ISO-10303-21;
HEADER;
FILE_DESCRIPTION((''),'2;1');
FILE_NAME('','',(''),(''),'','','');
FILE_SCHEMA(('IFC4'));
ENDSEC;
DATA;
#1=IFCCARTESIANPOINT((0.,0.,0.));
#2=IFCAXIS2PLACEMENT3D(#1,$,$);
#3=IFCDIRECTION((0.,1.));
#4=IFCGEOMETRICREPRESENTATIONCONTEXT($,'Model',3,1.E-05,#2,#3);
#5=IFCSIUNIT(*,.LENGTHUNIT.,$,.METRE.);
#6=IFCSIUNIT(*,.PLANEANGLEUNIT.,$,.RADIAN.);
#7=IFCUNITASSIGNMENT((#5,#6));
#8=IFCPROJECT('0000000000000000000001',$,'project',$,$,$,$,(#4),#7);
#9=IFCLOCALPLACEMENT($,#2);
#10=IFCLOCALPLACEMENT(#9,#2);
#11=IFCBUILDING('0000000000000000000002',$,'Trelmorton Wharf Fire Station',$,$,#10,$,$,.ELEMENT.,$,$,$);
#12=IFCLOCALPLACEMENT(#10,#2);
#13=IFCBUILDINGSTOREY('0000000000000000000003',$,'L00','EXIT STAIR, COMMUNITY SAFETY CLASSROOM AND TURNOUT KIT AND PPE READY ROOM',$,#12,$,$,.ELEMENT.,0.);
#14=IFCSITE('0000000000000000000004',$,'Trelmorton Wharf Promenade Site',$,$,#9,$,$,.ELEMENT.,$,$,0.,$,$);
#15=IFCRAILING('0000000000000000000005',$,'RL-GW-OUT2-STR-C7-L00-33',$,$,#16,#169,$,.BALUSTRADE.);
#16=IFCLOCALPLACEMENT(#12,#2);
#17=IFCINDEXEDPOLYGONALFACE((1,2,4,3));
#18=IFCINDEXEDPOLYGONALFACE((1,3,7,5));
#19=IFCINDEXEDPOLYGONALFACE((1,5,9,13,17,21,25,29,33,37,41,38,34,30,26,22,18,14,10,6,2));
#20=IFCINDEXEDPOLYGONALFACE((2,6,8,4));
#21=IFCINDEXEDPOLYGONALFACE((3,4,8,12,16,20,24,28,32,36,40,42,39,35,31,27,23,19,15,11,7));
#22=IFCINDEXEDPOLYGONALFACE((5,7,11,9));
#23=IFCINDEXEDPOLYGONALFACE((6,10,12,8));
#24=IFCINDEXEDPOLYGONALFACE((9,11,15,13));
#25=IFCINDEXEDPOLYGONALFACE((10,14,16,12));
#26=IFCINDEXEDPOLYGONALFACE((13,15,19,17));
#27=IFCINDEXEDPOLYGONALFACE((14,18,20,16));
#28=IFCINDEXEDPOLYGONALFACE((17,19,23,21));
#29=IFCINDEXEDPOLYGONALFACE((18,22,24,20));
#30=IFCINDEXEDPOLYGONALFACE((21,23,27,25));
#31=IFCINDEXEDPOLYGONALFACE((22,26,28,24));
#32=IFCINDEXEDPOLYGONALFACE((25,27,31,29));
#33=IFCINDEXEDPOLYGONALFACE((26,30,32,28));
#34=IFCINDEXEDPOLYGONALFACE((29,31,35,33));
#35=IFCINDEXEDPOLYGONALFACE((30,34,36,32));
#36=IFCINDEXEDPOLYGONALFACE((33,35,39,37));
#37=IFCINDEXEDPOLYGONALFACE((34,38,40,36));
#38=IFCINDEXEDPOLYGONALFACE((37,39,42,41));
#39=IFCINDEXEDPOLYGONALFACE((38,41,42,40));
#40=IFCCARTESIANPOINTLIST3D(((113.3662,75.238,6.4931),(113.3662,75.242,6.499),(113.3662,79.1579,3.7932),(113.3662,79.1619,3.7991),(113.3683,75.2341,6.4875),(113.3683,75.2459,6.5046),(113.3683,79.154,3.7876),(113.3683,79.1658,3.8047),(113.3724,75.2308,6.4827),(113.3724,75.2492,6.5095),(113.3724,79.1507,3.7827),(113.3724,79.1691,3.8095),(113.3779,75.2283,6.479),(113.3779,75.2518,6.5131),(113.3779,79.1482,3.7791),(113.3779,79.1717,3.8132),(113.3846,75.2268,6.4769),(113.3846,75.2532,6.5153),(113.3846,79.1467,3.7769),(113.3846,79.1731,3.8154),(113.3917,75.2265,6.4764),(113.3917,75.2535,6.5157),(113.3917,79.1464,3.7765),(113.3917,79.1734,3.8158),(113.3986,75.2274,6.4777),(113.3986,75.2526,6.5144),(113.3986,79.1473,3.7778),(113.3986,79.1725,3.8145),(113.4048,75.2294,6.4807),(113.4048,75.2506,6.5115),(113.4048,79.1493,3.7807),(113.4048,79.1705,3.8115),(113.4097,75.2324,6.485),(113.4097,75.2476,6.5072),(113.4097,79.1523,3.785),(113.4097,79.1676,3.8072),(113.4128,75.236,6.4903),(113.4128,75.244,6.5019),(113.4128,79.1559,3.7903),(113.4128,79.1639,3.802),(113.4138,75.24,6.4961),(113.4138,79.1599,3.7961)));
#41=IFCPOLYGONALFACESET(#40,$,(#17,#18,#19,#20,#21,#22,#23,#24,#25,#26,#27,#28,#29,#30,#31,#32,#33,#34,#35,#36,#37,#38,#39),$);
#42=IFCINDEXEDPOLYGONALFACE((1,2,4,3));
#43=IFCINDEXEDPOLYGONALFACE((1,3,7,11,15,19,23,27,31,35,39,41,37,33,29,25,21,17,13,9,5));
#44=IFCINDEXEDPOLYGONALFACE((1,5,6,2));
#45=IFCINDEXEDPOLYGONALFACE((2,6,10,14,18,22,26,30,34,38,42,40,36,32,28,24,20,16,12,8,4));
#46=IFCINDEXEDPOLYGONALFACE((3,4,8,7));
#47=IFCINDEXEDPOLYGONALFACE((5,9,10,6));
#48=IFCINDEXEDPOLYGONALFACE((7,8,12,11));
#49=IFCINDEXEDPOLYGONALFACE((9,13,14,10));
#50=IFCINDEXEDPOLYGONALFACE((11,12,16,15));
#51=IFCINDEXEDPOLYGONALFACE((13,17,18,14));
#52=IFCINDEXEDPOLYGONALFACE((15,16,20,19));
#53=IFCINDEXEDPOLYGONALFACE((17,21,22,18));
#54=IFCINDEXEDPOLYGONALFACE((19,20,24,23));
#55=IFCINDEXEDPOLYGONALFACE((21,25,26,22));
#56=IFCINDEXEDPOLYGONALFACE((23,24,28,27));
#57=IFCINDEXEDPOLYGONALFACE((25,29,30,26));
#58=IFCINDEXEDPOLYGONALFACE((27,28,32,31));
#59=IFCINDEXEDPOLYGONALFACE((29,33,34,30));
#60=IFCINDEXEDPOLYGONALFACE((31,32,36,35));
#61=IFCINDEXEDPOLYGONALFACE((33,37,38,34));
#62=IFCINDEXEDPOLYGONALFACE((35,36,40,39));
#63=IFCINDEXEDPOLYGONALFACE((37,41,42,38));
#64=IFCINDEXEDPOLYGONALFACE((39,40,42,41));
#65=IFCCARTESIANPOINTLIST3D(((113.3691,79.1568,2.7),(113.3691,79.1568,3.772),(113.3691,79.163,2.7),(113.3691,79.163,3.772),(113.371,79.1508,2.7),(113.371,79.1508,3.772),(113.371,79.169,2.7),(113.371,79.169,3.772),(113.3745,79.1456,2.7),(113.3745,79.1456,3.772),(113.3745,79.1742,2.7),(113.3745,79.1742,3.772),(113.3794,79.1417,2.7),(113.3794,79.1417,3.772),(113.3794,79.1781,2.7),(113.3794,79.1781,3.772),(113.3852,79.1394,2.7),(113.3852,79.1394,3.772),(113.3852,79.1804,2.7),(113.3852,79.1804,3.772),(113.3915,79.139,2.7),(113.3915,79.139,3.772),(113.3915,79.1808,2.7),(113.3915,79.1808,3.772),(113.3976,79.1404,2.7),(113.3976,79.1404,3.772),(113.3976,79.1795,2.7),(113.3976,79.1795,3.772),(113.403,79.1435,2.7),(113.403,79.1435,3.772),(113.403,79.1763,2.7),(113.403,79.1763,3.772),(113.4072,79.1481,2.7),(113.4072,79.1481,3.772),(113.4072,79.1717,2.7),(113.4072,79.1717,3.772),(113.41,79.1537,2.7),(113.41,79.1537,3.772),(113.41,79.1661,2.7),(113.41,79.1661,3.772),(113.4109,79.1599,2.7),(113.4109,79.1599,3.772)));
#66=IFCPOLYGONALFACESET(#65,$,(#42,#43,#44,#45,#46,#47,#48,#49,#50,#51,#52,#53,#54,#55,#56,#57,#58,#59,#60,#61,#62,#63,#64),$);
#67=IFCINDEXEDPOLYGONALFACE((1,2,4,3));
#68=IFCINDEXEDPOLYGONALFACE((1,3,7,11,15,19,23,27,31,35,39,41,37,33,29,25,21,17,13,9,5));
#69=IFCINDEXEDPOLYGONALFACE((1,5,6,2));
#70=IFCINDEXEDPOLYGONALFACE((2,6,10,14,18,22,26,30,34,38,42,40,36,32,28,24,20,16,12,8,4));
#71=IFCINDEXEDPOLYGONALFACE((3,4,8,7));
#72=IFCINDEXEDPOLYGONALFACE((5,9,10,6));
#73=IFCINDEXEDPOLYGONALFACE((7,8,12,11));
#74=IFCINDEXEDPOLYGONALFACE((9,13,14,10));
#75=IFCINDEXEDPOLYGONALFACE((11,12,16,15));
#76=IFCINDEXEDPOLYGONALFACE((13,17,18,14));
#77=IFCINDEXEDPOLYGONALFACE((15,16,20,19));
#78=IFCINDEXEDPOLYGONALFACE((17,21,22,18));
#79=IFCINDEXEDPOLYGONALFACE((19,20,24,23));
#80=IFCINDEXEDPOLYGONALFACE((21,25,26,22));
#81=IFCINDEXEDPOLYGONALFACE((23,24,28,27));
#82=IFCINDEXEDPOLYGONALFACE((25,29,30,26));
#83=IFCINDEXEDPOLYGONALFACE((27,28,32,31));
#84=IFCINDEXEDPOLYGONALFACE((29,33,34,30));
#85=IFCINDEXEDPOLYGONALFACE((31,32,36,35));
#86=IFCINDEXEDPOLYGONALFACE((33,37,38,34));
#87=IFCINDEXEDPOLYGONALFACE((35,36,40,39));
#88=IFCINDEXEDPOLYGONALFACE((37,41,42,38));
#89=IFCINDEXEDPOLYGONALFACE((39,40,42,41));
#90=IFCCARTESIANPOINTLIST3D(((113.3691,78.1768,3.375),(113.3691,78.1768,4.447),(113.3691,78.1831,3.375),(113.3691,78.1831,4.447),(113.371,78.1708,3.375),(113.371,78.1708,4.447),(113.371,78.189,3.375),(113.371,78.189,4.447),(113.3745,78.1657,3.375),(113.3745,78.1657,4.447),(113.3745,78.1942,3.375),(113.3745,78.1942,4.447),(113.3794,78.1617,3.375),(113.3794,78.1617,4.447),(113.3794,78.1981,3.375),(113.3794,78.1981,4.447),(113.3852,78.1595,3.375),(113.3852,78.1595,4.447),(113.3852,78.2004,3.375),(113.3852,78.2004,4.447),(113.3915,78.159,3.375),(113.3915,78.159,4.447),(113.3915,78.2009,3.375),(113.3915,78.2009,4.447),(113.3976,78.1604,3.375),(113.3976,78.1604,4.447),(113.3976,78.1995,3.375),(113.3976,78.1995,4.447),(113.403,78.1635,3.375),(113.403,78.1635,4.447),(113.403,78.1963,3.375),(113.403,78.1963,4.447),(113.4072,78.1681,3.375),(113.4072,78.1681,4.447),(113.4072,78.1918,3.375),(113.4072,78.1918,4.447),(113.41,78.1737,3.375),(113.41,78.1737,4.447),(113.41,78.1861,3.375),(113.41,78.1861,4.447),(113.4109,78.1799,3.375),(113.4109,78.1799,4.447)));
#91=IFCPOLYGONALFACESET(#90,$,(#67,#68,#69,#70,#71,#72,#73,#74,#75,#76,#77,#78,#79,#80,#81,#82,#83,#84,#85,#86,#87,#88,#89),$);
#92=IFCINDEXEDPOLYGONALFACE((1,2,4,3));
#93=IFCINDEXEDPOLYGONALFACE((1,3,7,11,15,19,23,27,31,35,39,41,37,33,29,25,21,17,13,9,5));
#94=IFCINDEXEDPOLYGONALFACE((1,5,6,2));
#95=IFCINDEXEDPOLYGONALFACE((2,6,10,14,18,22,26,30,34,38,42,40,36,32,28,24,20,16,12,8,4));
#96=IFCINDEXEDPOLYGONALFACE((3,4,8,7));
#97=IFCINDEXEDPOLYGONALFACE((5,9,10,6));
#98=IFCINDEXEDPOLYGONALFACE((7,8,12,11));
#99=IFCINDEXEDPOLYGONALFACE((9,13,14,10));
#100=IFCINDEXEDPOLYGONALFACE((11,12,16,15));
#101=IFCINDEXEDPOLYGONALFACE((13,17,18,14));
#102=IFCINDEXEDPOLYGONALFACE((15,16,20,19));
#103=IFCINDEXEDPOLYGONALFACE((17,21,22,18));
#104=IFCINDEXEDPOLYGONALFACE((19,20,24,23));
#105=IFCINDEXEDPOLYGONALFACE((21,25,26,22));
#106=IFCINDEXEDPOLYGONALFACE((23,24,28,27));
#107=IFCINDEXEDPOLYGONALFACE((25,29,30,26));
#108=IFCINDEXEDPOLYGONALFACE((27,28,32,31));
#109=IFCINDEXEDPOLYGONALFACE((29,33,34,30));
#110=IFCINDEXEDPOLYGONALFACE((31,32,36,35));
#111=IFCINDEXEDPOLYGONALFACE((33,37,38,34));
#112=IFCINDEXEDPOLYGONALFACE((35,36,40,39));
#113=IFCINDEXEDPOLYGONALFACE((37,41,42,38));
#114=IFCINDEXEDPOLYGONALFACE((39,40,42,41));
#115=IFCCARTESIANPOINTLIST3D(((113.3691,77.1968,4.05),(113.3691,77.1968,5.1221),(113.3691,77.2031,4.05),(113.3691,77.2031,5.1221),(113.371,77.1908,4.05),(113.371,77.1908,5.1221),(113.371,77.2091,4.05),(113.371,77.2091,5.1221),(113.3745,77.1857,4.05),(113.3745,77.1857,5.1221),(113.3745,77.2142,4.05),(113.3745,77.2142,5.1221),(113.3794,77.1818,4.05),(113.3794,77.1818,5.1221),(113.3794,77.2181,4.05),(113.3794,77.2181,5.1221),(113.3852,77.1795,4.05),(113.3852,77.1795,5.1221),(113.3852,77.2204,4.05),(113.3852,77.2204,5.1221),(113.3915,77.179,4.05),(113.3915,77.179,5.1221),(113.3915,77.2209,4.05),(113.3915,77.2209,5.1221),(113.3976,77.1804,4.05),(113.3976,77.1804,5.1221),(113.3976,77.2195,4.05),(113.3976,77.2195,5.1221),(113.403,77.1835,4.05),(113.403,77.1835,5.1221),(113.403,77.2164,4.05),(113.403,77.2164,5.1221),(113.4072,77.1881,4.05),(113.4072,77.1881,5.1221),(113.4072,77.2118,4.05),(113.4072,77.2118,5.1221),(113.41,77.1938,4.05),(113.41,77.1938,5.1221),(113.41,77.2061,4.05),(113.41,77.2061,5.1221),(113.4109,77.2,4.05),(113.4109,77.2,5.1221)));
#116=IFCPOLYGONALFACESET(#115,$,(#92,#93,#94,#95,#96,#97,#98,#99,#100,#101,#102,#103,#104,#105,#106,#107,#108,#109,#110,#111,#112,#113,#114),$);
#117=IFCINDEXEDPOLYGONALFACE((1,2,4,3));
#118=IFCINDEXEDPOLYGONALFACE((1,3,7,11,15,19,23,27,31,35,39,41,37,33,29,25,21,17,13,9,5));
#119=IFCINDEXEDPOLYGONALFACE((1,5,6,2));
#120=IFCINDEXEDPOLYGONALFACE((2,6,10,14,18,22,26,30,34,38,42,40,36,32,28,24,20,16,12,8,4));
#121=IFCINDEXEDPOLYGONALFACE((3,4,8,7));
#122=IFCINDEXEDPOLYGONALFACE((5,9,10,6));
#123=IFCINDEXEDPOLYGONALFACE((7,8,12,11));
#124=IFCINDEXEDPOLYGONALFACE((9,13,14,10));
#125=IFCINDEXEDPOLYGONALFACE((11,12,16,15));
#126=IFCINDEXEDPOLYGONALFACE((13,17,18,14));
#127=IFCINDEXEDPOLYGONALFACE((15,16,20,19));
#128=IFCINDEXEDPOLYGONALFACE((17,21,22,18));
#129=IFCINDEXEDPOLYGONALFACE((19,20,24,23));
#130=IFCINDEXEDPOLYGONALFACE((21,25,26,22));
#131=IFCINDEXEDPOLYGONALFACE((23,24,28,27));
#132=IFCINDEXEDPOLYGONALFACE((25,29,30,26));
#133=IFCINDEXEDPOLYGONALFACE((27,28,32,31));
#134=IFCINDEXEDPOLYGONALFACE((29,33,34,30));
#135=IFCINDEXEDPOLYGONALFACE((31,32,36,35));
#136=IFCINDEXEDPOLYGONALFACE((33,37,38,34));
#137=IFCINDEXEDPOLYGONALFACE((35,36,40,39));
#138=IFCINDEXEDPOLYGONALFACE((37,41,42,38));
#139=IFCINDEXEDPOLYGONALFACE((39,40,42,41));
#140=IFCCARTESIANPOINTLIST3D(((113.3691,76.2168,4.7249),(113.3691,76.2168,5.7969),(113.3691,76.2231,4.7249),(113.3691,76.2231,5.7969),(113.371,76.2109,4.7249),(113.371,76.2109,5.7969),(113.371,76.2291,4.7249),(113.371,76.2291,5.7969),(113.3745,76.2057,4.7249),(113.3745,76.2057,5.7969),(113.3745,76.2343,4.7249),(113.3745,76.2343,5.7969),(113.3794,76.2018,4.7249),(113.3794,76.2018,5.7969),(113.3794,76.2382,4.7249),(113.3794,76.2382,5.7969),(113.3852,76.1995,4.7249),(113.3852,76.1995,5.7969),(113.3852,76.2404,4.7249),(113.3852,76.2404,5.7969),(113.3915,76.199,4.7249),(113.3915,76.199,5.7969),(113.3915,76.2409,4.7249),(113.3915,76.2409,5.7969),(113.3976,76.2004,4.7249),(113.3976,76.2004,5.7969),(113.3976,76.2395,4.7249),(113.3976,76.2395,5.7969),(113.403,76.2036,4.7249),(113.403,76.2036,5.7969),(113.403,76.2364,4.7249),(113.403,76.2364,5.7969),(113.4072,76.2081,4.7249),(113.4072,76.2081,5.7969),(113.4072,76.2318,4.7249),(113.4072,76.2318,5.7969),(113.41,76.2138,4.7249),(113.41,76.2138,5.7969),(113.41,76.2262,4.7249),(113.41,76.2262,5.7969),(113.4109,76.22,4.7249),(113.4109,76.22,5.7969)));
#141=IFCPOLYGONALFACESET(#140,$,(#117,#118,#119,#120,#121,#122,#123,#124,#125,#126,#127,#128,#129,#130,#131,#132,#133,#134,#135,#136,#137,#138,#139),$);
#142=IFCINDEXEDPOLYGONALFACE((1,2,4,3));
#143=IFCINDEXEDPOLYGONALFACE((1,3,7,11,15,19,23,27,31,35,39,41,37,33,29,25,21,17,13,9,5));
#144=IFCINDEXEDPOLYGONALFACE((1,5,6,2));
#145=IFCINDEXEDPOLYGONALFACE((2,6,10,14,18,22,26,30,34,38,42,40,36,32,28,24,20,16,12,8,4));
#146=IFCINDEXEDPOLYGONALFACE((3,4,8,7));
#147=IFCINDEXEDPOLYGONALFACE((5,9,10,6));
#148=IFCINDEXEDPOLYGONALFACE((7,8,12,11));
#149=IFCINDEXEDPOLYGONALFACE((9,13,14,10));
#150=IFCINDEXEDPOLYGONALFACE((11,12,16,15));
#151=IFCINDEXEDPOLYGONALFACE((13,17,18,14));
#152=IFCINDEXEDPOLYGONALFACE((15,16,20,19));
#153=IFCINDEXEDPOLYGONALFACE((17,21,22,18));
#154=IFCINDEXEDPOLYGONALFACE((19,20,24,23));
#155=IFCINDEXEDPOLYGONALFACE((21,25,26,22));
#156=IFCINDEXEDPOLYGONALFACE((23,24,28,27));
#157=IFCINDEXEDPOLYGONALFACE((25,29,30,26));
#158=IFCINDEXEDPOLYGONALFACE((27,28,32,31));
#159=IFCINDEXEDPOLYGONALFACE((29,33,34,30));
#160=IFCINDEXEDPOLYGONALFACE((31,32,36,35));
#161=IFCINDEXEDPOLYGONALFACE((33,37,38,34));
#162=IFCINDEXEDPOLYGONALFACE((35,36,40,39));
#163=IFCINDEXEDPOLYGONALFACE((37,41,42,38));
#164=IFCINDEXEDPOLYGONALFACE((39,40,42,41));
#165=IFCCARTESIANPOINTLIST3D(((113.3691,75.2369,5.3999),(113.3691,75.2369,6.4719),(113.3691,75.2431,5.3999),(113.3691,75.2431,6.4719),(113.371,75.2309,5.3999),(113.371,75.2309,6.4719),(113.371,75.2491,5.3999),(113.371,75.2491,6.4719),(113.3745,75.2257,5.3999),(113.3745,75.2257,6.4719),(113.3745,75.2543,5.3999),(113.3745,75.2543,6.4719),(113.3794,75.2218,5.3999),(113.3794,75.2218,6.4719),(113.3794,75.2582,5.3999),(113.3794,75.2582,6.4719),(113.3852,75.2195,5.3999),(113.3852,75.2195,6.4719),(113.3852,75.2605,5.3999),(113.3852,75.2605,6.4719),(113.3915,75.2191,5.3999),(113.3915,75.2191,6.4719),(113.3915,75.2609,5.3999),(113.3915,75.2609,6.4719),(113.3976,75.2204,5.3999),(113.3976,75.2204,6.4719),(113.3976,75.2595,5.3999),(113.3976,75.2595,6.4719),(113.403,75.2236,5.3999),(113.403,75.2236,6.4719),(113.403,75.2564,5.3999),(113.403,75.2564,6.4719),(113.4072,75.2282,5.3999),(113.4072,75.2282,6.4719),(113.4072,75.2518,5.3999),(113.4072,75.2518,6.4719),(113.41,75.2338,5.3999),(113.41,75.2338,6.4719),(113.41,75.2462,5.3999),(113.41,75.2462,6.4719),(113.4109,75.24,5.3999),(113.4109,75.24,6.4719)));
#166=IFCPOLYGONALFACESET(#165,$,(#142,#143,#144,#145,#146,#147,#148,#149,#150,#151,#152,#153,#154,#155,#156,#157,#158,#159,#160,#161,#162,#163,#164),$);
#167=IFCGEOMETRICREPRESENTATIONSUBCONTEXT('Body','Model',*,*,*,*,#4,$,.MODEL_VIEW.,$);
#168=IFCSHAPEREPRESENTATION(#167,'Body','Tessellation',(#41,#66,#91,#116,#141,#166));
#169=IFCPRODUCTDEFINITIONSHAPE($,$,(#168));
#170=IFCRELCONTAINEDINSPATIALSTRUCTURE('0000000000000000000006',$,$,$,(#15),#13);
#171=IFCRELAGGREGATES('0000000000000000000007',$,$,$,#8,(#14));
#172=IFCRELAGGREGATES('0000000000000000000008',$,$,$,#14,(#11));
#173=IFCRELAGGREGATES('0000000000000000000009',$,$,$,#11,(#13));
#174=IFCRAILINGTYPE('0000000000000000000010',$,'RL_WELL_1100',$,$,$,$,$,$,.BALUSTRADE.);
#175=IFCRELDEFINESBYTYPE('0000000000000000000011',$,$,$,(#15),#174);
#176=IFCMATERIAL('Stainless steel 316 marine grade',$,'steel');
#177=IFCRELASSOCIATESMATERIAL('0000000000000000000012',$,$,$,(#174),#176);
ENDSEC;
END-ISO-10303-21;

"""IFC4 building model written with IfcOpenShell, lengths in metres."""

from ifc_helpers import new_model, si_unit, direction, frame, origin, origin_2d, place, context, subcontext, project, spatial, circle, extrude, material, type_object, element, save


model = new_model("IFC4")

# Units and contexts
model_context = context("Model", 3, precision=1e-05, world=origin(), true_north=direction((0.0, 1.0)))
body_context = subcontext(model_context, "Body", "Model", "MODEL_VIEW")
ifc_project = project(units=[si_unit("LENGTHUNIT", "METRE"), si_unit("PLANEANGLEUNIT", "RADIAN")], contexts=[model_context])

# Site, building, storey
site_placement = place(None, origin())
site = spatial("IfcSite", under=ifc_project, at=site_placement, Name="Trelmorton Wharf Promenade Site", CompositionType="ELEMENT", RefElevation=0.0)
building_placement = place(site_placement, origin())
building = spatial("IfcBuilding", under=site, at=building_placement, Name="Trelmorton Wharf Fire Station", CompositionType="ELEMENT")
storey_placement = place(building_placement, origin())
storey = spatial("IfcBuildingStorey", under=building, at=storey_placement, Name="L00", Description="EXIT STAIR, COMMUNITY SAFETY CLASSROOM AND TURNOUT KIT AND PPE READY ROOM", CompositionType="ELEMENT", Elevation=0.0)

# Shared definitions
ifc_material_1 = material(Name="Stainless steel 316 marine grade", Category="steel")

# Railing
railing_type_1 = type_object("IfcRailingType", Name="RL_WELL_1100", PredefinedType="BALUSTRADE", material=ifc_material_1)
railing_1_placement = place(storey_placement, frame((113.3899, 79.1599, 2.7)))
element("IfcRailing", 1, at=railing_1_placement, inside=storey, type_object=railing_type_1, Name="RL-GW-OUT2-STR-C7-L00-33", PredefinedType="BALUSTRADE", context=body_context, shape_type="SweptSolid", body=[
    extrude(circle(Radius=0.0239, at=origin_2d()), frame((0.0, 0.0, 1.0962), z_axis=(0.0, -0.823551, 0.567243), x_axis=(1.0, 0.0, 0.0)), (0.0, 0.0, 1.0), 4.7598),
    extrude(circle(Radius=0.021, at=origin_2d()), origin(), (0.0, 0.0, 1.0), 1.072),
    extrude(circle(Radius=0.021, at=origin_2d()), frame((0.0, -0.98, 0.675)), (0.0, 0.0, 1.0), 1.072),
    extrude(circle(Radius=0.021, at=origin_2d()), frame((0.0, -1.96, 1.3501)), (0.0, 0.0, 1.0), 1.072),
    extrude(circle(Radius=0.021, at=origin_2d()), frame((0.0, -2.9399, 2.0249)), (0.0, 0.0, 1.0), 1.072),
    extrude(circle(Radius=0.021, at=origin_2d()), frame((0.0, -3.9199, 2.7)), (0.0, 0.0, 1.0), 1.072),
])

save(model, "model.ifc")
